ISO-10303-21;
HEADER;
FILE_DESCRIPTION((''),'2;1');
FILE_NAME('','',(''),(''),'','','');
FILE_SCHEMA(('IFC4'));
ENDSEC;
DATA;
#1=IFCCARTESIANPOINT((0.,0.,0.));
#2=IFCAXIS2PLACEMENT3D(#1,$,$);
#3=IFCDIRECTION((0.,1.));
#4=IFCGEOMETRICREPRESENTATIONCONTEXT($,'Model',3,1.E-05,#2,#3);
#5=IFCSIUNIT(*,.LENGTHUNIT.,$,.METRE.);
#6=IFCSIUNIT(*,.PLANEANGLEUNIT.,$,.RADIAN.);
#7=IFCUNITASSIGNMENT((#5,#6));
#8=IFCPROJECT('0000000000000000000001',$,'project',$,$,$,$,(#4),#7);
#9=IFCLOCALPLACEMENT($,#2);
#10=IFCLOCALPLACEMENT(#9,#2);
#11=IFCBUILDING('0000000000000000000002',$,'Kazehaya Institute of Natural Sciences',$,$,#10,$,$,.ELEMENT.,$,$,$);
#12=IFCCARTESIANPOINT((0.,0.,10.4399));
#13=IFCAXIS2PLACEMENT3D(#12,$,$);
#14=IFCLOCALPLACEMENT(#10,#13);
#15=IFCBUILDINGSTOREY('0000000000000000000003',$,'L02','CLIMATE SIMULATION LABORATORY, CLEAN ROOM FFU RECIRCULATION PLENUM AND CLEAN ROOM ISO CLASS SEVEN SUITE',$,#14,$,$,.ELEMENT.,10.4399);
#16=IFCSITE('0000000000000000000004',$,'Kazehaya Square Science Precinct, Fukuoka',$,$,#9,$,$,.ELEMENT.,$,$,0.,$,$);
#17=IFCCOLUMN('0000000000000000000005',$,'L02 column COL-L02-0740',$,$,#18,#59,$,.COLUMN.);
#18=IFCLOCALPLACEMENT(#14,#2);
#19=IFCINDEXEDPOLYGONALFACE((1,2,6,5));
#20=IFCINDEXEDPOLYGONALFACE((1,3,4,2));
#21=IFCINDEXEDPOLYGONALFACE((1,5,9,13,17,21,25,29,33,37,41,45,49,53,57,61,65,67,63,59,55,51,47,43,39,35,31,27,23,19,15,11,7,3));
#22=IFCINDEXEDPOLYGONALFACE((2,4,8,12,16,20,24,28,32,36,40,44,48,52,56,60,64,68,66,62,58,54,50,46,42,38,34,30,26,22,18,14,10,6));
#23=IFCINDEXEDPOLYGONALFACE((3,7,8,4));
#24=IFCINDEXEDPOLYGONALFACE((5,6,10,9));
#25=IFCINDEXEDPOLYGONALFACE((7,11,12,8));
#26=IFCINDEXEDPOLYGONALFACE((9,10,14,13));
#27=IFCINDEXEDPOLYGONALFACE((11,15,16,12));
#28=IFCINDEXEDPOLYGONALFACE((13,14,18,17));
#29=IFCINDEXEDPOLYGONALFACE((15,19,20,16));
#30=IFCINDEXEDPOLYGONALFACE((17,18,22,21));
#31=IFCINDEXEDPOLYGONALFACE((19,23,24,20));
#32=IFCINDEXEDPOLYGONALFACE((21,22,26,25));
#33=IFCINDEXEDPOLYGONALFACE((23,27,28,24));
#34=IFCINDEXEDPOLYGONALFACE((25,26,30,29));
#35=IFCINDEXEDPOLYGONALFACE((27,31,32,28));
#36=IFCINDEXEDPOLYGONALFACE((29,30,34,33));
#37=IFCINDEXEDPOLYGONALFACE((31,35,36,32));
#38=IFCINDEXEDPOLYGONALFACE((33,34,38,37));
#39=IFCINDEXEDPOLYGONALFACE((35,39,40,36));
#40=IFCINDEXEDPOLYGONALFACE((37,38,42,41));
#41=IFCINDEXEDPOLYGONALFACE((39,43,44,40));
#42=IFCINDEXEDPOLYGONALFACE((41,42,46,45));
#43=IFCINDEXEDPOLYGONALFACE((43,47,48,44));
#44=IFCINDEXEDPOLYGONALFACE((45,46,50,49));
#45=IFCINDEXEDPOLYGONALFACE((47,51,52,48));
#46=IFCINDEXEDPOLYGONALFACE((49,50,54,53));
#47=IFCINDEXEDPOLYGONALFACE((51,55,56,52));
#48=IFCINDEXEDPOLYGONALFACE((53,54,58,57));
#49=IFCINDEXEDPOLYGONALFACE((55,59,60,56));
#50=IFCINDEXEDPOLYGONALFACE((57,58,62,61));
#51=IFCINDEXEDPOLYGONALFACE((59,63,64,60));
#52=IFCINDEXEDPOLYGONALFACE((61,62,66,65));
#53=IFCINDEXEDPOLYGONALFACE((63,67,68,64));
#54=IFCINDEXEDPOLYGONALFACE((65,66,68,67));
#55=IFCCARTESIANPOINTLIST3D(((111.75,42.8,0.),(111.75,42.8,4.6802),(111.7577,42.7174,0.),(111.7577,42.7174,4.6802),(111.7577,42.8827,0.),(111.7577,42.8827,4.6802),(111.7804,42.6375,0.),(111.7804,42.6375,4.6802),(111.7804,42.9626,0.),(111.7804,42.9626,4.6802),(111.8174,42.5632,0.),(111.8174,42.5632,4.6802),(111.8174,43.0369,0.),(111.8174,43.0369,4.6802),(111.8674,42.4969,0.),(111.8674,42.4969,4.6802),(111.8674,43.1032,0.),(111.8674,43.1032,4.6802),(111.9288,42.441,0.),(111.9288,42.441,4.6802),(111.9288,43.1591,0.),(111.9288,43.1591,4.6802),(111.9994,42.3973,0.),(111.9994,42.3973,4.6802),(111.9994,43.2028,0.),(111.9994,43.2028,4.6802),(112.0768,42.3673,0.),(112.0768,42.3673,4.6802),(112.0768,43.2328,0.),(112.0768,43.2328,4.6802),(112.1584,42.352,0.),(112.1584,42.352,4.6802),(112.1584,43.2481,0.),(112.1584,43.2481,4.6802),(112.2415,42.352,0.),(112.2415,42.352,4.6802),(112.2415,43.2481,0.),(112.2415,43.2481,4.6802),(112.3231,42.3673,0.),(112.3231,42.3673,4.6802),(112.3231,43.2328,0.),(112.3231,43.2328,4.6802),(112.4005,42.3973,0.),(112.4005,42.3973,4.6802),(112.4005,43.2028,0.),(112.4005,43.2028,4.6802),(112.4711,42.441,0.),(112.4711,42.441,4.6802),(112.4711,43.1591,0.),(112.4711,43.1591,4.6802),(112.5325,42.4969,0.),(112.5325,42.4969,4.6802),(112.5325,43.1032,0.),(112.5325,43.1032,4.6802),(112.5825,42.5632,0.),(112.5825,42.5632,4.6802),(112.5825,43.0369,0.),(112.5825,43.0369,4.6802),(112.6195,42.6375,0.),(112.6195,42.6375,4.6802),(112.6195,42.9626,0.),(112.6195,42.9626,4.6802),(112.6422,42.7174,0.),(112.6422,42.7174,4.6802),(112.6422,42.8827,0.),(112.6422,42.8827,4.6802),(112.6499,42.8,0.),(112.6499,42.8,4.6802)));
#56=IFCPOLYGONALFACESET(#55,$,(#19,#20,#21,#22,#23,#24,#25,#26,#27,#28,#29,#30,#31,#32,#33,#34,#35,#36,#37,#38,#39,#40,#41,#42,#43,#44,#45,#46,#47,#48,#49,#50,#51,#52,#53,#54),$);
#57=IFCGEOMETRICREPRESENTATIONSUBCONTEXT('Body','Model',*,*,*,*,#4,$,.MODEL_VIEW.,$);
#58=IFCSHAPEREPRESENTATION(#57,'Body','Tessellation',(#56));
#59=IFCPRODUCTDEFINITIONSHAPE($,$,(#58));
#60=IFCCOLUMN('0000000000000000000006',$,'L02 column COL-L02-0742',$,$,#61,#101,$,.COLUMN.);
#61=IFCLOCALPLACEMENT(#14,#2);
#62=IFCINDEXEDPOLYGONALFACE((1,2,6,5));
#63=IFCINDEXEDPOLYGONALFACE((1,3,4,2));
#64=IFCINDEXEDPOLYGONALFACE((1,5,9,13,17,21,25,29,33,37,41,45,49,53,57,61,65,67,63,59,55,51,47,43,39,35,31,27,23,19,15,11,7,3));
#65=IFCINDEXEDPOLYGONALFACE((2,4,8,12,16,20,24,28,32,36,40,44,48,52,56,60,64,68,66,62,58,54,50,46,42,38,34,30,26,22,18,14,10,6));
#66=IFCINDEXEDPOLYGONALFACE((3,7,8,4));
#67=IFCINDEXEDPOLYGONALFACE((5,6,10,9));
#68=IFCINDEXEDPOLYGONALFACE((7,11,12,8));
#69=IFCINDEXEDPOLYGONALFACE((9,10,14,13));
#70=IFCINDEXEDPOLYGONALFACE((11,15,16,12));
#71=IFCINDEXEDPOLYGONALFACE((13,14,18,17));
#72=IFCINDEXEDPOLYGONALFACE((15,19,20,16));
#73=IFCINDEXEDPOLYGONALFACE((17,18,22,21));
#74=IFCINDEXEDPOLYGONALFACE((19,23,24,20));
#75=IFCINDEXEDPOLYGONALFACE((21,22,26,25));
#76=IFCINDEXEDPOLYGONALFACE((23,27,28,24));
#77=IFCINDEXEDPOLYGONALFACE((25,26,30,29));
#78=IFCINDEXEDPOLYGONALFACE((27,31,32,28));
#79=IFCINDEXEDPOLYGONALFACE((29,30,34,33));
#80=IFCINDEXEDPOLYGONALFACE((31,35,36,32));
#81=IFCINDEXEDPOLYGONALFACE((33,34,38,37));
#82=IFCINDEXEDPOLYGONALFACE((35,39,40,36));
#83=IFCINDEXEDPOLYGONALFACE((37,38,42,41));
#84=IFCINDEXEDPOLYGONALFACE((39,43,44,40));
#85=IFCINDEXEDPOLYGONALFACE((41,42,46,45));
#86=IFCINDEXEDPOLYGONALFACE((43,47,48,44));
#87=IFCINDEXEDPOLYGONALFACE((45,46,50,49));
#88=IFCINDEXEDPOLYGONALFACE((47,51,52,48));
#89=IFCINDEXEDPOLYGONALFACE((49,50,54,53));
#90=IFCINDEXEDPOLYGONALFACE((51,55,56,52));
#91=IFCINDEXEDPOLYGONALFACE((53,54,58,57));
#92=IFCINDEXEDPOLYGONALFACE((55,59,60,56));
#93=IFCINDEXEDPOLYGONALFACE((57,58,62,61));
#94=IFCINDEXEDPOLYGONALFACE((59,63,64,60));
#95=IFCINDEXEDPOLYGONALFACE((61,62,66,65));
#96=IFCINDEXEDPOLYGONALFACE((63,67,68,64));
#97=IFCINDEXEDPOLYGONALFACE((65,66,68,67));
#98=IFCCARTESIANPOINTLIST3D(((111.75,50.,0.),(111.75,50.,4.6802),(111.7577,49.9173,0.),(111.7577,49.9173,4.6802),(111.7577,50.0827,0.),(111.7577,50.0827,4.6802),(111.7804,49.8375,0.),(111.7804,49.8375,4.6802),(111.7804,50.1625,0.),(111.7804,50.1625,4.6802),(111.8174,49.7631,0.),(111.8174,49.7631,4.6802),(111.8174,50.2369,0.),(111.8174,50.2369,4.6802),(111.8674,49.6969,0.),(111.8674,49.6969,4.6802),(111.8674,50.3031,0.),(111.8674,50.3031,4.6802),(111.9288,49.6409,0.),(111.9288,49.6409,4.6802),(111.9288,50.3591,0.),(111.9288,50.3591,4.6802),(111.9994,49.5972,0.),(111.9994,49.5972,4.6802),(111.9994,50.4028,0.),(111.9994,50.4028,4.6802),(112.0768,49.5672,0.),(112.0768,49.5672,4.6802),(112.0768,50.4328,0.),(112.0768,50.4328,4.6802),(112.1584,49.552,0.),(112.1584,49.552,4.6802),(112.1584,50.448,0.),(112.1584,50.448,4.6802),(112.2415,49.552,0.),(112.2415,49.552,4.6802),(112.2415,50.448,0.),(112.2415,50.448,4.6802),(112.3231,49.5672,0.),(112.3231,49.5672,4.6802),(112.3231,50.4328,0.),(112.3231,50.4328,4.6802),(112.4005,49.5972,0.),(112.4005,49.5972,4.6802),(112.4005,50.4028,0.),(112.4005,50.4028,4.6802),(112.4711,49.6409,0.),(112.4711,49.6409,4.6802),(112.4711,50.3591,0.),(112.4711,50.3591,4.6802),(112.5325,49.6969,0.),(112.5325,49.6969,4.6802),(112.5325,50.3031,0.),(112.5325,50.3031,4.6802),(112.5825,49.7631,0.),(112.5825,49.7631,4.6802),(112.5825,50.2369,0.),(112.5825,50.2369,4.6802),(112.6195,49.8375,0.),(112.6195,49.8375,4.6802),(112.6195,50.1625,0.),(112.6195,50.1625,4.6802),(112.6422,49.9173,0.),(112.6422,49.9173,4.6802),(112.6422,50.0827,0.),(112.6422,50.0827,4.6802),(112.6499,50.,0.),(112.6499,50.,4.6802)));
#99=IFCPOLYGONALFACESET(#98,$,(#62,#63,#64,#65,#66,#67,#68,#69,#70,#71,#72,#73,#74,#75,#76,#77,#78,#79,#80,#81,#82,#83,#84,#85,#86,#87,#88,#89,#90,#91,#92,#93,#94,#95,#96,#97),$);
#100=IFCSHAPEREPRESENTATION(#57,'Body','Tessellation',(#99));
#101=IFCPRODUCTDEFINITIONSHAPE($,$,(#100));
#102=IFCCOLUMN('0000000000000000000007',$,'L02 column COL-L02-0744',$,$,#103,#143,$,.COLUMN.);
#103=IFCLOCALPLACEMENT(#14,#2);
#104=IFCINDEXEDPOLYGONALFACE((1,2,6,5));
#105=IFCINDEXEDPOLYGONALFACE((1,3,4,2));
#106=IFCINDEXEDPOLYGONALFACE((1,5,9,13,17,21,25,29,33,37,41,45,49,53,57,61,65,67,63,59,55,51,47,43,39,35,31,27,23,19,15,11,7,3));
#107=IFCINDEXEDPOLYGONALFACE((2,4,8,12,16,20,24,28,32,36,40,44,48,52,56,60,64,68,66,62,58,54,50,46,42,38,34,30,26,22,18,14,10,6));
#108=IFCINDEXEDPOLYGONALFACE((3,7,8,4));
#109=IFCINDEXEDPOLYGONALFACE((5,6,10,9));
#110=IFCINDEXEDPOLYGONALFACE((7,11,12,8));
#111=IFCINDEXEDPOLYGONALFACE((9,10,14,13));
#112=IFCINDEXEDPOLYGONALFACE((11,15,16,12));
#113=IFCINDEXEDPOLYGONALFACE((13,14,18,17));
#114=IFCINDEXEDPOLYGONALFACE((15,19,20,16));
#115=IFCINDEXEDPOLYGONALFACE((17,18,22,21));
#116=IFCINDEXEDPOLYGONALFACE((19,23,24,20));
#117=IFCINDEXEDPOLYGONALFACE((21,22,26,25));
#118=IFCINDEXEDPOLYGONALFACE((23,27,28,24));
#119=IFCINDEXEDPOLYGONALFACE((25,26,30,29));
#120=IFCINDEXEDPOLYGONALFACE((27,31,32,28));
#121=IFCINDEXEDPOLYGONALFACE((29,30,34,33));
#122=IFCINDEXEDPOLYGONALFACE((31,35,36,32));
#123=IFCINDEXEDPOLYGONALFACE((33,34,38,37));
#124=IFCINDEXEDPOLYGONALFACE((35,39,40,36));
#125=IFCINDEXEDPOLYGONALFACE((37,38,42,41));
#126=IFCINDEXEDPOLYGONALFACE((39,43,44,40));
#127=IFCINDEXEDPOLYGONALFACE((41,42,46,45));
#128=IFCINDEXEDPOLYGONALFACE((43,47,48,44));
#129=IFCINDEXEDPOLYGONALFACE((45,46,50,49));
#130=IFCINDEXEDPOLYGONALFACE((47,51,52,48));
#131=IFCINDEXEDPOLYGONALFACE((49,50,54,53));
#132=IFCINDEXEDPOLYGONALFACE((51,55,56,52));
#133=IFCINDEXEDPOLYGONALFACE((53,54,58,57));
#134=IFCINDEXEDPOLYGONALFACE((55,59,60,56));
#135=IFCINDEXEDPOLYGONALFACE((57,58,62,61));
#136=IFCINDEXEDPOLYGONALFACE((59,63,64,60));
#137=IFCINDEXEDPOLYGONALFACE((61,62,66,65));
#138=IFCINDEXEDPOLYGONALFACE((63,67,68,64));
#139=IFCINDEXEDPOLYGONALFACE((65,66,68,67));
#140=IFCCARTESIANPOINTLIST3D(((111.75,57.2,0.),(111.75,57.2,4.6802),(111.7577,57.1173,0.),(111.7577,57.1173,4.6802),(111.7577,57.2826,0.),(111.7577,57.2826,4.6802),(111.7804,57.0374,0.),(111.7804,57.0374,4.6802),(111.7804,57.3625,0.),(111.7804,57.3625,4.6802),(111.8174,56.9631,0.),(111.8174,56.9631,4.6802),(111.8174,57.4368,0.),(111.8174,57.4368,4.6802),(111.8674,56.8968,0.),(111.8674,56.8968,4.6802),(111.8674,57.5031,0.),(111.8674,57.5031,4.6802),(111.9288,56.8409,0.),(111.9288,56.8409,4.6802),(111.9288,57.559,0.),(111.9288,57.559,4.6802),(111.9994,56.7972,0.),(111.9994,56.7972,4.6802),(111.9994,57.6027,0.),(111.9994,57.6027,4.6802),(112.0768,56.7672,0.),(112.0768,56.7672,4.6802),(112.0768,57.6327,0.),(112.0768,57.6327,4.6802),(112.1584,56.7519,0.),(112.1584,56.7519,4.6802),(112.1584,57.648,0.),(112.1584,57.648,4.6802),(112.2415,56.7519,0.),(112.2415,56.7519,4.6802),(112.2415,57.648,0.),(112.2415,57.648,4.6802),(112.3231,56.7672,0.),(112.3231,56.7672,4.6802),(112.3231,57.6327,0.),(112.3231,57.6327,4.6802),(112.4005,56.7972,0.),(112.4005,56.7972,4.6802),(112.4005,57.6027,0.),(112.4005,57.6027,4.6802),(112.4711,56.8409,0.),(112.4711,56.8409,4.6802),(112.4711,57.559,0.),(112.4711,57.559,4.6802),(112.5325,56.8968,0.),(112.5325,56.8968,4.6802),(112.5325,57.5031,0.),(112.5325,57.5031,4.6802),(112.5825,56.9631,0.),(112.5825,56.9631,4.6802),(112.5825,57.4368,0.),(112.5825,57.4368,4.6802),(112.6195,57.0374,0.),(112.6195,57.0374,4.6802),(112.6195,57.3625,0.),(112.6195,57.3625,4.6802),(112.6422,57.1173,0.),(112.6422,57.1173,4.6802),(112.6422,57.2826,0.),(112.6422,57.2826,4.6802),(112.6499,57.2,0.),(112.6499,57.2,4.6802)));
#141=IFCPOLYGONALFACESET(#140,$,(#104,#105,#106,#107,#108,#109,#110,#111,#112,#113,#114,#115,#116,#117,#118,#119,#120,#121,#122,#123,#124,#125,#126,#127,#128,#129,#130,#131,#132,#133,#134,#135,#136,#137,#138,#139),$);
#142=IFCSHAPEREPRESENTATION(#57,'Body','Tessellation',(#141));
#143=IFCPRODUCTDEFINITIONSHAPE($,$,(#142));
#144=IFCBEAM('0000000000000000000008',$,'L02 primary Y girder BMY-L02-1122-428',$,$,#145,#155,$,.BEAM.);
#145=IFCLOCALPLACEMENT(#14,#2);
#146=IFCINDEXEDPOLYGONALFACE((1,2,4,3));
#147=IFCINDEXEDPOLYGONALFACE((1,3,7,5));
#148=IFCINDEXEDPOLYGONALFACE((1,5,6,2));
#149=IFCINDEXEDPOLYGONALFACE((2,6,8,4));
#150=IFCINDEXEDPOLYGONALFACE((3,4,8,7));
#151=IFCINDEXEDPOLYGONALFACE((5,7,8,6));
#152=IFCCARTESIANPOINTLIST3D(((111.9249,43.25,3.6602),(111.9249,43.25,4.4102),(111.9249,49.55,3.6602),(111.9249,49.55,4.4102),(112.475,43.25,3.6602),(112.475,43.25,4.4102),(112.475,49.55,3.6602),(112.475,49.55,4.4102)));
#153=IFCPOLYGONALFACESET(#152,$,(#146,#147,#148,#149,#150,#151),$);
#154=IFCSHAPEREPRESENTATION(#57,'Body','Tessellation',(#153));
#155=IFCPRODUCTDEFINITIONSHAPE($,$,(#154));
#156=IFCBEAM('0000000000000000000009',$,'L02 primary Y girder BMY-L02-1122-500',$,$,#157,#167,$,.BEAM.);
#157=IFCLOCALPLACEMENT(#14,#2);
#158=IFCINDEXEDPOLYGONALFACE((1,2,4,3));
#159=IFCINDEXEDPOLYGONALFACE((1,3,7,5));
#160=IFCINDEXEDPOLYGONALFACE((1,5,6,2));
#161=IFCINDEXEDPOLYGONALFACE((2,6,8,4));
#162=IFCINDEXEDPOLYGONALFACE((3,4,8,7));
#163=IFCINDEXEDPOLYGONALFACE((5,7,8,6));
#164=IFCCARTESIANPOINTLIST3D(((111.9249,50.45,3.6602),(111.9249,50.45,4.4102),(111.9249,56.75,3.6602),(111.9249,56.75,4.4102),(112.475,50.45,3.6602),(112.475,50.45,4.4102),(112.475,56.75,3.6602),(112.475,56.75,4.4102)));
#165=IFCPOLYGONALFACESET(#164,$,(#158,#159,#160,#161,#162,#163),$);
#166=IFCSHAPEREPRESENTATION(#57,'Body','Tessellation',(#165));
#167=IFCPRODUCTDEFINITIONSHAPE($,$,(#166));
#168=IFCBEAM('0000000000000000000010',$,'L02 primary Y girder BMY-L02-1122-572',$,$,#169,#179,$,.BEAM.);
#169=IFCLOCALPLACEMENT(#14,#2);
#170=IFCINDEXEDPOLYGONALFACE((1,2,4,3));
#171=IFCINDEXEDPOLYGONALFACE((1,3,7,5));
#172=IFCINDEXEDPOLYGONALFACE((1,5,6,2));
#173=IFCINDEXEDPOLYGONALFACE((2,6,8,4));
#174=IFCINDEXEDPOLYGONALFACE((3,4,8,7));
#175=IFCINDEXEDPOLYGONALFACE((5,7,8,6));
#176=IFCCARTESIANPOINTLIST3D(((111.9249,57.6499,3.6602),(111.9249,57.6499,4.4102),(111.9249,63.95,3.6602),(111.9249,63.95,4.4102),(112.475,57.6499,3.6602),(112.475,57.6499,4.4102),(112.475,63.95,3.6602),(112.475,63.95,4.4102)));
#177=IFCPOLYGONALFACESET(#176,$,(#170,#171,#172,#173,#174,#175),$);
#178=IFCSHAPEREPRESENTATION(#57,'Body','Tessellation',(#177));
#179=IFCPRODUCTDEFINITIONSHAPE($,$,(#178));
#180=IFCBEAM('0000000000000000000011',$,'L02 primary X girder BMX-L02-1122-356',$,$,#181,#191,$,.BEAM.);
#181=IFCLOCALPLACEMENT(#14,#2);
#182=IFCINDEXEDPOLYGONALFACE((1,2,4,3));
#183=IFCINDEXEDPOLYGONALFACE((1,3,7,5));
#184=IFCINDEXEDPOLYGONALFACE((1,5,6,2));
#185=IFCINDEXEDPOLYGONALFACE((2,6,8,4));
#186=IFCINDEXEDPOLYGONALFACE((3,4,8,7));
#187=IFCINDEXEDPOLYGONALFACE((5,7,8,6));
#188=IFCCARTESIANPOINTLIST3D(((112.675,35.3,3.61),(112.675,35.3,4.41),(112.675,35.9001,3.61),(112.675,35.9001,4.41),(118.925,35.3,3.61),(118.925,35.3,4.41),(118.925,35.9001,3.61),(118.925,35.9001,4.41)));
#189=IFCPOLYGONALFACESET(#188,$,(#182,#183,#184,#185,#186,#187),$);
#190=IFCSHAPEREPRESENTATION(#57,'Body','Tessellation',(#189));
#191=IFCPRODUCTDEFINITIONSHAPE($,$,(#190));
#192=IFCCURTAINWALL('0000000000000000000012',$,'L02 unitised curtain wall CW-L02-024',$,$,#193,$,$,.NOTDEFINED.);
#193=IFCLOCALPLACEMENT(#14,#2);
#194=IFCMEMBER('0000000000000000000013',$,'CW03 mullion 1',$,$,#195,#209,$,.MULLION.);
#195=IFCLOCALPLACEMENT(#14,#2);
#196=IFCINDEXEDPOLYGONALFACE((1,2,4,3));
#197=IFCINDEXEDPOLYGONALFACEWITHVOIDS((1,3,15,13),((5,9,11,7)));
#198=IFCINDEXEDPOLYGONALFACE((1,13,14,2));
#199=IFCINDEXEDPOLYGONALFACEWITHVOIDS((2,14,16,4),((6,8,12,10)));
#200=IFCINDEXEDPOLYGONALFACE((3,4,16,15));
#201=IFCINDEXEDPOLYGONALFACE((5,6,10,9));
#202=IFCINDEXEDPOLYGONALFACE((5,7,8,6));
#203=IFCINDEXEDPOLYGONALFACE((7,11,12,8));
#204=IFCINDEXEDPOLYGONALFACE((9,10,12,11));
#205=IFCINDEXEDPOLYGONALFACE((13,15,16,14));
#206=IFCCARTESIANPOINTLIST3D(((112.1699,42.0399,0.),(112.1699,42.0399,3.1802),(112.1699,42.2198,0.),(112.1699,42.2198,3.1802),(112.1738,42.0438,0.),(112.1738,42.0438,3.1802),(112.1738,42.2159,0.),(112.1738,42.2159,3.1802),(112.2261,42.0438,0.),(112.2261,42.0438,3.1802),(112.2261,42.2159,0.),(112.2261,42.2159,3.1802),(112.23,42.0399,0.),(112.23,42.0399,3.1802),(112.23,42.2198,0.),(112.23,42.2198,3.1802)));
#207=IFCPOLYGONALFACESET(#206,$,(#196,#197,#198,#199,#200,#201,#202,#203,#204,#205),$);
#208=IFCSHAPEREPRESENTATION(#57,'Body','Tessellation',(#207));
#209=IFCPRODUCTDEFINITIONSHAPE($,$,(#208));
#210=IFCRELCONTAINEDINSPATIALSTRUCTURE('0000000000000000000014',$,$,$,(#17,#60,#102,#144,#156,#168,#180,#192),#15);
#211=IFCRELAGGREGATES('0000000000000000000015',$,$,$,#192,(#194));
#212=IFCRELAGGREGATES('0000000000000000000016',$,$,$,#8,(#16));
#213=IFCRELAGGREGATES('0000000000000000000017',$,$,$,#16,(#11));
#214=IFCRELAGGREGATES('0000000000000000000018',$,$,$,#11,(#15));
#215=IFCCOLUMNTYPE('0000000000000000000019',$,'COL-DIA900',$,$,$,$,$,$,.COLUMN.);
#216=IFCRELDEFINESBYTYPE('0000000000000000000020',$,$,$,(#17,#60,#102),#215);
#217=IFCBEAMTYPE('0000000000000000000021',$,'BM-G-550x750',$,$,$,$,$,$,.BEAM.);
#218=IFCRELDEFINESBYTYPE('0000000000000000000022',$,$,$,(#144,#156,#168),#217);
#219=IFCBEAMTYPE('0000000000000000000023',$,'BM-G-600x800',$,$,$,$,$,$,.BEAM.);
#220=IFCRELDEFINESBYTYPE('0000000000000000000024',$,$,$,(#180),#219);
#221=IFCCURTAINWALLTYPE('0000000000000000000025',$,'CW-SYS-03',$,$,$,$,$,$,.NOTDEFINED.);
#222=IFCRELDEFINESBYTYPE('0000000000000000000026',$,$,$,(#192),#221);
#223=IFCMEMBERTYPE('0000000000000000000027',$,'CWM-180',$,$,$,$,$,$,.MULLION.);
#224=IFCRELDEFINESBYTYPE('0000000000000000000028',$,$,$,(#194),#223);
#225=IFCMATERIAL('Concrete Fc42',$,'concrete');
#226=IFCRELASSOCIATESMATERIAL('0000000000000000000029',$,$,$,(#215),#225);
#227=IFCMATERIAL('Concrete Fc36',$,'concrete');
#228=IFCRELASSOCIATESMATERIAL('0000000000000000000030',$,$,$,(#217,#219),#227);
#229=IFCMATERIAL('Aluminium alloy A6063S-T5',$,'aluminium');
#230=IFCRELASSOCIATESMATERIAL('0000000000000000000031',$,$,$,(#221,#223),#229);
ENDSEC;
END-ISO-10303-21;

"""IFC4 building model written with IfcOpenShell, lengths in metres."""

from ifc_helpers import new_model, si_unit, direction, frame, origin, origin_2d, place, context, subcontext, project, spatial, rectangle, hollow_rectangle, circle, extrude, material, material_profile, profile_set, type_object, element, aggregate, save


model = new_model("IFC4")

# Units and contexts
model_context = context("Model", 3, precision=1e-05, world=origin(), true_north=direction((0.0, 1.0)))
body_context = subcontext(model_context, "Body", "Model", "MODEL_VIEW")
ifc_project = project(units=[si_unit("LENGTHUNIT", "METRE"), si_unit("PLANEANGLEUNIT", "RADIAN")], contexts=[model_context])

# Site, building, storey
site_placement = place(None, origin())
site = spatial("IfcSite", under=ifc_project, at=site_placement, Name="Kazehaya Square Science Precinct, Fukuoka", CompositionType="ELEMENT", RefElevation=0.0)
building_placement = place(site_placement, origin())
building = spatial("IfcBuilding", under=site, at=building_placement, Name="Kazehaya Institute of Natural Sciences", CompositionType="ELEMENT")
storey_placement = place(building_placement, frame((0.0, 0.0, 10.4399)))
storey = spatial("IfcBuildingStorey", under=building, at=storey_placement, Name="L02", Description="CLIMATE SIMULATION LABORATORY, CLEAN ROOM FFU RECIRCULATION PLENUM AND CLEAN ROOM ISO CLASS SEVEN SUITE", CompositionType="ELEMENT", Elevation=10.4399)

# Columns
ifc_material_1 = material(Name="Concrete Fc42", Category="concrete")
ifc_material_profile_1 = material_profile(ifc_material_1, circle(Radius=0.45, at=origin_2d()), Name="RC-DIA900")
ifc_profile_set_1 = profile_set([ifc_material_profile_1], Name="Concrete Fc42")
column_type = type_object("IfcColumnType", Name="COL-DIA900", PredefinedType="COLUMN", material=ifc_profile_set_1)
for number, where, z_axis, x_axis, name in (
    (1, (112.2, 42.8, 0.0), (0.0, 0.0, 1.0), (1.0, 0.0, 0.0), "L02 column COL-L02-0740"),
    (2, (112.2, 50.0, 0.0), (0.0, 0.0, 1.0), (1.0, 0.0, 0.0), "L02 column COL-L02-0742"),
    (3, (112.2, 57.2, 0.0), (0.0, 0.0, 1.0), (1.0, 0.0, 0.0), "L02 column COL-L02-0744"),
):
    element("IfcColumn", number, at=place(storey_placement, frame(where, z_axis=z_axis, x_axis=x_axis)), inside=storey, type_object=column_type, Name=name, PredefinedType="COLUMN", context=body_context, shape_type="SweptSolid", body=[
        extrude(circle(Radius=0.45, at=origin_2d()), origin(), (0.0, 0.0, 1.0), 4.6802),
    ])

# Beams
ifc_material_2 = material(Name="Concrete Fc36", Category="concrete")
ifc_material_profile_2 = material_profile(ifc_material_2, rectangle(XDim=0.55, YDim=0.75, at=origin_2d()), Name="RC-550x750")
ifc_profile_set_2 = profile_set([ifc_material_profile_2], Name="Concrete Fc36")
beam_type_1 = type_object("IfcBeamType", Name="BM-G-550x750", PredefinedType="BEAM", material=ifc_profile_set_2)
for number, where, z_axis, x_axis, name in (
    (4, (112.2, 43.25, 4.0352), (0.0, 1.0, 0.0), (-1.0, 0.0, 0.0), "L02 primary Y girder BMY-L02-1122-428"),
    (5, (112.2, 50.45, 4.0352), (0.0, 1.0, 0.0), (-1.0, 0.0, 0.0), "L02 primary Y girder BMY-L02-1122-500"),
    (6, (112.2, 57.6499, 4.0352), (0.0, 1.0, 0.0), (-1.0, 0.0, 0.0), "L02 primary Y girder BMY-L02-1122-572"),
):
    element("IfcBeam", number, at=place(storey_placement, frame(where, z_axis=z_axis, x_axis=x_axis)), inside=storey, type_object=beam_type_1, Name=name, PredefinedType="BEAM", context=body_context, shape_type="SweptSolid", body=[
        extrude(rectangle(XDim=0.55, YDim=0.75, at=origin_2d()), origin(), (0.0, 0.0, 1.0), 6.3),
    ])
ifc_material_profile_3 = material_profile(ifc_material_2, rectangle(XDim=0.6001, YDim=0.8, at=origin_2d()), Name="RC-600x800")
ifc_profile_set_3 = profile_set([ifc_material_profile_3], Name="Concrete Fc36")
beam_type_2 = type_object("IfcBeamType", Name="BM-G-600x800", PredefinedType="BEAM", material=ifc_profile_set_3)
beam_placement = place(storey_placement, frame((112.675, 35.6001, 4.01), z_axis=(1.0, 0.0, 0.0), x_axis=(0.0, 1.0, 0.0)))
element("IfcBeam", 7, at=beam_placement, inside=storey, type_object=beam_type_2, Name="L02 primary X girder BMX-L02-1122-356", PredefinedType="BEAM", context=body_context, shape_type="SweptSolid", body=[
    extrude(rectangle(XDim=0.6001, YDim=0.8, at=origin_2d()), origin(), (0.0, 0.0, 1.0), 6.25),
])

# Curtain wall, member
ifc_material_3 = material(Name="Aluminium alloy A6063S-T5", Category="aluminium")
curtain_wall_type = type_object("IfcCurtainWallType", Name="CW-SYS-03", PredefinedType="NOTDEFINED", material=ifc_material_3)
curtain_wall_1_placement = place(storey_placement, origin())
curtain_wall_1 = element("IfcCurtainWall", 8, at=curtain_wall_1_placement, inside=storey, type_object=curtain_wall_type, Name="L02 unitised curtain wall CW-L02-024", PredefinedType="NOTDEFINED")
ifc_material_profile_4 = material_profile(ifc_material_3, hollow_rectangle(XDim=0.0601, YDim=0.1799, WallThickness=0.0039, at=origin_2d()), Name="ALU-60x180x4")
ifc_profile_set_4 = profile_set([ifc_material_profile_4], Name="Aluminium alloy A6063S-T5")
member_type_1 = type_object("IfcMemberType", Name="CWM-180", PredefinedType="MULLION", material=ifc_profile_set_4)
member_1_placement = place(storey_placement, frame((112.2, 42.1299, 0.0), z_axis=(0.0, 0.0, 1.0), x_axis=(1.0, 0.0, 0.0)))
member_1 = element("IfcMember", 9, at=member_1_placement, type_object=member_type_1, Name="CW03 mullion 1", PredefinedType="MULLION", context=body_context, shape_type="SweptSolid", body=[
    extrude(hollow_rectangle(XDim=0.0601, YDim=0.1799, WallThickness=0.0039, at=origin_2d()), origin(), (0.0, 0.0, 1.0), 3.1802),
])

aggregate(curtain_wall_1, [member_1])

save(model, "model.ifc")
